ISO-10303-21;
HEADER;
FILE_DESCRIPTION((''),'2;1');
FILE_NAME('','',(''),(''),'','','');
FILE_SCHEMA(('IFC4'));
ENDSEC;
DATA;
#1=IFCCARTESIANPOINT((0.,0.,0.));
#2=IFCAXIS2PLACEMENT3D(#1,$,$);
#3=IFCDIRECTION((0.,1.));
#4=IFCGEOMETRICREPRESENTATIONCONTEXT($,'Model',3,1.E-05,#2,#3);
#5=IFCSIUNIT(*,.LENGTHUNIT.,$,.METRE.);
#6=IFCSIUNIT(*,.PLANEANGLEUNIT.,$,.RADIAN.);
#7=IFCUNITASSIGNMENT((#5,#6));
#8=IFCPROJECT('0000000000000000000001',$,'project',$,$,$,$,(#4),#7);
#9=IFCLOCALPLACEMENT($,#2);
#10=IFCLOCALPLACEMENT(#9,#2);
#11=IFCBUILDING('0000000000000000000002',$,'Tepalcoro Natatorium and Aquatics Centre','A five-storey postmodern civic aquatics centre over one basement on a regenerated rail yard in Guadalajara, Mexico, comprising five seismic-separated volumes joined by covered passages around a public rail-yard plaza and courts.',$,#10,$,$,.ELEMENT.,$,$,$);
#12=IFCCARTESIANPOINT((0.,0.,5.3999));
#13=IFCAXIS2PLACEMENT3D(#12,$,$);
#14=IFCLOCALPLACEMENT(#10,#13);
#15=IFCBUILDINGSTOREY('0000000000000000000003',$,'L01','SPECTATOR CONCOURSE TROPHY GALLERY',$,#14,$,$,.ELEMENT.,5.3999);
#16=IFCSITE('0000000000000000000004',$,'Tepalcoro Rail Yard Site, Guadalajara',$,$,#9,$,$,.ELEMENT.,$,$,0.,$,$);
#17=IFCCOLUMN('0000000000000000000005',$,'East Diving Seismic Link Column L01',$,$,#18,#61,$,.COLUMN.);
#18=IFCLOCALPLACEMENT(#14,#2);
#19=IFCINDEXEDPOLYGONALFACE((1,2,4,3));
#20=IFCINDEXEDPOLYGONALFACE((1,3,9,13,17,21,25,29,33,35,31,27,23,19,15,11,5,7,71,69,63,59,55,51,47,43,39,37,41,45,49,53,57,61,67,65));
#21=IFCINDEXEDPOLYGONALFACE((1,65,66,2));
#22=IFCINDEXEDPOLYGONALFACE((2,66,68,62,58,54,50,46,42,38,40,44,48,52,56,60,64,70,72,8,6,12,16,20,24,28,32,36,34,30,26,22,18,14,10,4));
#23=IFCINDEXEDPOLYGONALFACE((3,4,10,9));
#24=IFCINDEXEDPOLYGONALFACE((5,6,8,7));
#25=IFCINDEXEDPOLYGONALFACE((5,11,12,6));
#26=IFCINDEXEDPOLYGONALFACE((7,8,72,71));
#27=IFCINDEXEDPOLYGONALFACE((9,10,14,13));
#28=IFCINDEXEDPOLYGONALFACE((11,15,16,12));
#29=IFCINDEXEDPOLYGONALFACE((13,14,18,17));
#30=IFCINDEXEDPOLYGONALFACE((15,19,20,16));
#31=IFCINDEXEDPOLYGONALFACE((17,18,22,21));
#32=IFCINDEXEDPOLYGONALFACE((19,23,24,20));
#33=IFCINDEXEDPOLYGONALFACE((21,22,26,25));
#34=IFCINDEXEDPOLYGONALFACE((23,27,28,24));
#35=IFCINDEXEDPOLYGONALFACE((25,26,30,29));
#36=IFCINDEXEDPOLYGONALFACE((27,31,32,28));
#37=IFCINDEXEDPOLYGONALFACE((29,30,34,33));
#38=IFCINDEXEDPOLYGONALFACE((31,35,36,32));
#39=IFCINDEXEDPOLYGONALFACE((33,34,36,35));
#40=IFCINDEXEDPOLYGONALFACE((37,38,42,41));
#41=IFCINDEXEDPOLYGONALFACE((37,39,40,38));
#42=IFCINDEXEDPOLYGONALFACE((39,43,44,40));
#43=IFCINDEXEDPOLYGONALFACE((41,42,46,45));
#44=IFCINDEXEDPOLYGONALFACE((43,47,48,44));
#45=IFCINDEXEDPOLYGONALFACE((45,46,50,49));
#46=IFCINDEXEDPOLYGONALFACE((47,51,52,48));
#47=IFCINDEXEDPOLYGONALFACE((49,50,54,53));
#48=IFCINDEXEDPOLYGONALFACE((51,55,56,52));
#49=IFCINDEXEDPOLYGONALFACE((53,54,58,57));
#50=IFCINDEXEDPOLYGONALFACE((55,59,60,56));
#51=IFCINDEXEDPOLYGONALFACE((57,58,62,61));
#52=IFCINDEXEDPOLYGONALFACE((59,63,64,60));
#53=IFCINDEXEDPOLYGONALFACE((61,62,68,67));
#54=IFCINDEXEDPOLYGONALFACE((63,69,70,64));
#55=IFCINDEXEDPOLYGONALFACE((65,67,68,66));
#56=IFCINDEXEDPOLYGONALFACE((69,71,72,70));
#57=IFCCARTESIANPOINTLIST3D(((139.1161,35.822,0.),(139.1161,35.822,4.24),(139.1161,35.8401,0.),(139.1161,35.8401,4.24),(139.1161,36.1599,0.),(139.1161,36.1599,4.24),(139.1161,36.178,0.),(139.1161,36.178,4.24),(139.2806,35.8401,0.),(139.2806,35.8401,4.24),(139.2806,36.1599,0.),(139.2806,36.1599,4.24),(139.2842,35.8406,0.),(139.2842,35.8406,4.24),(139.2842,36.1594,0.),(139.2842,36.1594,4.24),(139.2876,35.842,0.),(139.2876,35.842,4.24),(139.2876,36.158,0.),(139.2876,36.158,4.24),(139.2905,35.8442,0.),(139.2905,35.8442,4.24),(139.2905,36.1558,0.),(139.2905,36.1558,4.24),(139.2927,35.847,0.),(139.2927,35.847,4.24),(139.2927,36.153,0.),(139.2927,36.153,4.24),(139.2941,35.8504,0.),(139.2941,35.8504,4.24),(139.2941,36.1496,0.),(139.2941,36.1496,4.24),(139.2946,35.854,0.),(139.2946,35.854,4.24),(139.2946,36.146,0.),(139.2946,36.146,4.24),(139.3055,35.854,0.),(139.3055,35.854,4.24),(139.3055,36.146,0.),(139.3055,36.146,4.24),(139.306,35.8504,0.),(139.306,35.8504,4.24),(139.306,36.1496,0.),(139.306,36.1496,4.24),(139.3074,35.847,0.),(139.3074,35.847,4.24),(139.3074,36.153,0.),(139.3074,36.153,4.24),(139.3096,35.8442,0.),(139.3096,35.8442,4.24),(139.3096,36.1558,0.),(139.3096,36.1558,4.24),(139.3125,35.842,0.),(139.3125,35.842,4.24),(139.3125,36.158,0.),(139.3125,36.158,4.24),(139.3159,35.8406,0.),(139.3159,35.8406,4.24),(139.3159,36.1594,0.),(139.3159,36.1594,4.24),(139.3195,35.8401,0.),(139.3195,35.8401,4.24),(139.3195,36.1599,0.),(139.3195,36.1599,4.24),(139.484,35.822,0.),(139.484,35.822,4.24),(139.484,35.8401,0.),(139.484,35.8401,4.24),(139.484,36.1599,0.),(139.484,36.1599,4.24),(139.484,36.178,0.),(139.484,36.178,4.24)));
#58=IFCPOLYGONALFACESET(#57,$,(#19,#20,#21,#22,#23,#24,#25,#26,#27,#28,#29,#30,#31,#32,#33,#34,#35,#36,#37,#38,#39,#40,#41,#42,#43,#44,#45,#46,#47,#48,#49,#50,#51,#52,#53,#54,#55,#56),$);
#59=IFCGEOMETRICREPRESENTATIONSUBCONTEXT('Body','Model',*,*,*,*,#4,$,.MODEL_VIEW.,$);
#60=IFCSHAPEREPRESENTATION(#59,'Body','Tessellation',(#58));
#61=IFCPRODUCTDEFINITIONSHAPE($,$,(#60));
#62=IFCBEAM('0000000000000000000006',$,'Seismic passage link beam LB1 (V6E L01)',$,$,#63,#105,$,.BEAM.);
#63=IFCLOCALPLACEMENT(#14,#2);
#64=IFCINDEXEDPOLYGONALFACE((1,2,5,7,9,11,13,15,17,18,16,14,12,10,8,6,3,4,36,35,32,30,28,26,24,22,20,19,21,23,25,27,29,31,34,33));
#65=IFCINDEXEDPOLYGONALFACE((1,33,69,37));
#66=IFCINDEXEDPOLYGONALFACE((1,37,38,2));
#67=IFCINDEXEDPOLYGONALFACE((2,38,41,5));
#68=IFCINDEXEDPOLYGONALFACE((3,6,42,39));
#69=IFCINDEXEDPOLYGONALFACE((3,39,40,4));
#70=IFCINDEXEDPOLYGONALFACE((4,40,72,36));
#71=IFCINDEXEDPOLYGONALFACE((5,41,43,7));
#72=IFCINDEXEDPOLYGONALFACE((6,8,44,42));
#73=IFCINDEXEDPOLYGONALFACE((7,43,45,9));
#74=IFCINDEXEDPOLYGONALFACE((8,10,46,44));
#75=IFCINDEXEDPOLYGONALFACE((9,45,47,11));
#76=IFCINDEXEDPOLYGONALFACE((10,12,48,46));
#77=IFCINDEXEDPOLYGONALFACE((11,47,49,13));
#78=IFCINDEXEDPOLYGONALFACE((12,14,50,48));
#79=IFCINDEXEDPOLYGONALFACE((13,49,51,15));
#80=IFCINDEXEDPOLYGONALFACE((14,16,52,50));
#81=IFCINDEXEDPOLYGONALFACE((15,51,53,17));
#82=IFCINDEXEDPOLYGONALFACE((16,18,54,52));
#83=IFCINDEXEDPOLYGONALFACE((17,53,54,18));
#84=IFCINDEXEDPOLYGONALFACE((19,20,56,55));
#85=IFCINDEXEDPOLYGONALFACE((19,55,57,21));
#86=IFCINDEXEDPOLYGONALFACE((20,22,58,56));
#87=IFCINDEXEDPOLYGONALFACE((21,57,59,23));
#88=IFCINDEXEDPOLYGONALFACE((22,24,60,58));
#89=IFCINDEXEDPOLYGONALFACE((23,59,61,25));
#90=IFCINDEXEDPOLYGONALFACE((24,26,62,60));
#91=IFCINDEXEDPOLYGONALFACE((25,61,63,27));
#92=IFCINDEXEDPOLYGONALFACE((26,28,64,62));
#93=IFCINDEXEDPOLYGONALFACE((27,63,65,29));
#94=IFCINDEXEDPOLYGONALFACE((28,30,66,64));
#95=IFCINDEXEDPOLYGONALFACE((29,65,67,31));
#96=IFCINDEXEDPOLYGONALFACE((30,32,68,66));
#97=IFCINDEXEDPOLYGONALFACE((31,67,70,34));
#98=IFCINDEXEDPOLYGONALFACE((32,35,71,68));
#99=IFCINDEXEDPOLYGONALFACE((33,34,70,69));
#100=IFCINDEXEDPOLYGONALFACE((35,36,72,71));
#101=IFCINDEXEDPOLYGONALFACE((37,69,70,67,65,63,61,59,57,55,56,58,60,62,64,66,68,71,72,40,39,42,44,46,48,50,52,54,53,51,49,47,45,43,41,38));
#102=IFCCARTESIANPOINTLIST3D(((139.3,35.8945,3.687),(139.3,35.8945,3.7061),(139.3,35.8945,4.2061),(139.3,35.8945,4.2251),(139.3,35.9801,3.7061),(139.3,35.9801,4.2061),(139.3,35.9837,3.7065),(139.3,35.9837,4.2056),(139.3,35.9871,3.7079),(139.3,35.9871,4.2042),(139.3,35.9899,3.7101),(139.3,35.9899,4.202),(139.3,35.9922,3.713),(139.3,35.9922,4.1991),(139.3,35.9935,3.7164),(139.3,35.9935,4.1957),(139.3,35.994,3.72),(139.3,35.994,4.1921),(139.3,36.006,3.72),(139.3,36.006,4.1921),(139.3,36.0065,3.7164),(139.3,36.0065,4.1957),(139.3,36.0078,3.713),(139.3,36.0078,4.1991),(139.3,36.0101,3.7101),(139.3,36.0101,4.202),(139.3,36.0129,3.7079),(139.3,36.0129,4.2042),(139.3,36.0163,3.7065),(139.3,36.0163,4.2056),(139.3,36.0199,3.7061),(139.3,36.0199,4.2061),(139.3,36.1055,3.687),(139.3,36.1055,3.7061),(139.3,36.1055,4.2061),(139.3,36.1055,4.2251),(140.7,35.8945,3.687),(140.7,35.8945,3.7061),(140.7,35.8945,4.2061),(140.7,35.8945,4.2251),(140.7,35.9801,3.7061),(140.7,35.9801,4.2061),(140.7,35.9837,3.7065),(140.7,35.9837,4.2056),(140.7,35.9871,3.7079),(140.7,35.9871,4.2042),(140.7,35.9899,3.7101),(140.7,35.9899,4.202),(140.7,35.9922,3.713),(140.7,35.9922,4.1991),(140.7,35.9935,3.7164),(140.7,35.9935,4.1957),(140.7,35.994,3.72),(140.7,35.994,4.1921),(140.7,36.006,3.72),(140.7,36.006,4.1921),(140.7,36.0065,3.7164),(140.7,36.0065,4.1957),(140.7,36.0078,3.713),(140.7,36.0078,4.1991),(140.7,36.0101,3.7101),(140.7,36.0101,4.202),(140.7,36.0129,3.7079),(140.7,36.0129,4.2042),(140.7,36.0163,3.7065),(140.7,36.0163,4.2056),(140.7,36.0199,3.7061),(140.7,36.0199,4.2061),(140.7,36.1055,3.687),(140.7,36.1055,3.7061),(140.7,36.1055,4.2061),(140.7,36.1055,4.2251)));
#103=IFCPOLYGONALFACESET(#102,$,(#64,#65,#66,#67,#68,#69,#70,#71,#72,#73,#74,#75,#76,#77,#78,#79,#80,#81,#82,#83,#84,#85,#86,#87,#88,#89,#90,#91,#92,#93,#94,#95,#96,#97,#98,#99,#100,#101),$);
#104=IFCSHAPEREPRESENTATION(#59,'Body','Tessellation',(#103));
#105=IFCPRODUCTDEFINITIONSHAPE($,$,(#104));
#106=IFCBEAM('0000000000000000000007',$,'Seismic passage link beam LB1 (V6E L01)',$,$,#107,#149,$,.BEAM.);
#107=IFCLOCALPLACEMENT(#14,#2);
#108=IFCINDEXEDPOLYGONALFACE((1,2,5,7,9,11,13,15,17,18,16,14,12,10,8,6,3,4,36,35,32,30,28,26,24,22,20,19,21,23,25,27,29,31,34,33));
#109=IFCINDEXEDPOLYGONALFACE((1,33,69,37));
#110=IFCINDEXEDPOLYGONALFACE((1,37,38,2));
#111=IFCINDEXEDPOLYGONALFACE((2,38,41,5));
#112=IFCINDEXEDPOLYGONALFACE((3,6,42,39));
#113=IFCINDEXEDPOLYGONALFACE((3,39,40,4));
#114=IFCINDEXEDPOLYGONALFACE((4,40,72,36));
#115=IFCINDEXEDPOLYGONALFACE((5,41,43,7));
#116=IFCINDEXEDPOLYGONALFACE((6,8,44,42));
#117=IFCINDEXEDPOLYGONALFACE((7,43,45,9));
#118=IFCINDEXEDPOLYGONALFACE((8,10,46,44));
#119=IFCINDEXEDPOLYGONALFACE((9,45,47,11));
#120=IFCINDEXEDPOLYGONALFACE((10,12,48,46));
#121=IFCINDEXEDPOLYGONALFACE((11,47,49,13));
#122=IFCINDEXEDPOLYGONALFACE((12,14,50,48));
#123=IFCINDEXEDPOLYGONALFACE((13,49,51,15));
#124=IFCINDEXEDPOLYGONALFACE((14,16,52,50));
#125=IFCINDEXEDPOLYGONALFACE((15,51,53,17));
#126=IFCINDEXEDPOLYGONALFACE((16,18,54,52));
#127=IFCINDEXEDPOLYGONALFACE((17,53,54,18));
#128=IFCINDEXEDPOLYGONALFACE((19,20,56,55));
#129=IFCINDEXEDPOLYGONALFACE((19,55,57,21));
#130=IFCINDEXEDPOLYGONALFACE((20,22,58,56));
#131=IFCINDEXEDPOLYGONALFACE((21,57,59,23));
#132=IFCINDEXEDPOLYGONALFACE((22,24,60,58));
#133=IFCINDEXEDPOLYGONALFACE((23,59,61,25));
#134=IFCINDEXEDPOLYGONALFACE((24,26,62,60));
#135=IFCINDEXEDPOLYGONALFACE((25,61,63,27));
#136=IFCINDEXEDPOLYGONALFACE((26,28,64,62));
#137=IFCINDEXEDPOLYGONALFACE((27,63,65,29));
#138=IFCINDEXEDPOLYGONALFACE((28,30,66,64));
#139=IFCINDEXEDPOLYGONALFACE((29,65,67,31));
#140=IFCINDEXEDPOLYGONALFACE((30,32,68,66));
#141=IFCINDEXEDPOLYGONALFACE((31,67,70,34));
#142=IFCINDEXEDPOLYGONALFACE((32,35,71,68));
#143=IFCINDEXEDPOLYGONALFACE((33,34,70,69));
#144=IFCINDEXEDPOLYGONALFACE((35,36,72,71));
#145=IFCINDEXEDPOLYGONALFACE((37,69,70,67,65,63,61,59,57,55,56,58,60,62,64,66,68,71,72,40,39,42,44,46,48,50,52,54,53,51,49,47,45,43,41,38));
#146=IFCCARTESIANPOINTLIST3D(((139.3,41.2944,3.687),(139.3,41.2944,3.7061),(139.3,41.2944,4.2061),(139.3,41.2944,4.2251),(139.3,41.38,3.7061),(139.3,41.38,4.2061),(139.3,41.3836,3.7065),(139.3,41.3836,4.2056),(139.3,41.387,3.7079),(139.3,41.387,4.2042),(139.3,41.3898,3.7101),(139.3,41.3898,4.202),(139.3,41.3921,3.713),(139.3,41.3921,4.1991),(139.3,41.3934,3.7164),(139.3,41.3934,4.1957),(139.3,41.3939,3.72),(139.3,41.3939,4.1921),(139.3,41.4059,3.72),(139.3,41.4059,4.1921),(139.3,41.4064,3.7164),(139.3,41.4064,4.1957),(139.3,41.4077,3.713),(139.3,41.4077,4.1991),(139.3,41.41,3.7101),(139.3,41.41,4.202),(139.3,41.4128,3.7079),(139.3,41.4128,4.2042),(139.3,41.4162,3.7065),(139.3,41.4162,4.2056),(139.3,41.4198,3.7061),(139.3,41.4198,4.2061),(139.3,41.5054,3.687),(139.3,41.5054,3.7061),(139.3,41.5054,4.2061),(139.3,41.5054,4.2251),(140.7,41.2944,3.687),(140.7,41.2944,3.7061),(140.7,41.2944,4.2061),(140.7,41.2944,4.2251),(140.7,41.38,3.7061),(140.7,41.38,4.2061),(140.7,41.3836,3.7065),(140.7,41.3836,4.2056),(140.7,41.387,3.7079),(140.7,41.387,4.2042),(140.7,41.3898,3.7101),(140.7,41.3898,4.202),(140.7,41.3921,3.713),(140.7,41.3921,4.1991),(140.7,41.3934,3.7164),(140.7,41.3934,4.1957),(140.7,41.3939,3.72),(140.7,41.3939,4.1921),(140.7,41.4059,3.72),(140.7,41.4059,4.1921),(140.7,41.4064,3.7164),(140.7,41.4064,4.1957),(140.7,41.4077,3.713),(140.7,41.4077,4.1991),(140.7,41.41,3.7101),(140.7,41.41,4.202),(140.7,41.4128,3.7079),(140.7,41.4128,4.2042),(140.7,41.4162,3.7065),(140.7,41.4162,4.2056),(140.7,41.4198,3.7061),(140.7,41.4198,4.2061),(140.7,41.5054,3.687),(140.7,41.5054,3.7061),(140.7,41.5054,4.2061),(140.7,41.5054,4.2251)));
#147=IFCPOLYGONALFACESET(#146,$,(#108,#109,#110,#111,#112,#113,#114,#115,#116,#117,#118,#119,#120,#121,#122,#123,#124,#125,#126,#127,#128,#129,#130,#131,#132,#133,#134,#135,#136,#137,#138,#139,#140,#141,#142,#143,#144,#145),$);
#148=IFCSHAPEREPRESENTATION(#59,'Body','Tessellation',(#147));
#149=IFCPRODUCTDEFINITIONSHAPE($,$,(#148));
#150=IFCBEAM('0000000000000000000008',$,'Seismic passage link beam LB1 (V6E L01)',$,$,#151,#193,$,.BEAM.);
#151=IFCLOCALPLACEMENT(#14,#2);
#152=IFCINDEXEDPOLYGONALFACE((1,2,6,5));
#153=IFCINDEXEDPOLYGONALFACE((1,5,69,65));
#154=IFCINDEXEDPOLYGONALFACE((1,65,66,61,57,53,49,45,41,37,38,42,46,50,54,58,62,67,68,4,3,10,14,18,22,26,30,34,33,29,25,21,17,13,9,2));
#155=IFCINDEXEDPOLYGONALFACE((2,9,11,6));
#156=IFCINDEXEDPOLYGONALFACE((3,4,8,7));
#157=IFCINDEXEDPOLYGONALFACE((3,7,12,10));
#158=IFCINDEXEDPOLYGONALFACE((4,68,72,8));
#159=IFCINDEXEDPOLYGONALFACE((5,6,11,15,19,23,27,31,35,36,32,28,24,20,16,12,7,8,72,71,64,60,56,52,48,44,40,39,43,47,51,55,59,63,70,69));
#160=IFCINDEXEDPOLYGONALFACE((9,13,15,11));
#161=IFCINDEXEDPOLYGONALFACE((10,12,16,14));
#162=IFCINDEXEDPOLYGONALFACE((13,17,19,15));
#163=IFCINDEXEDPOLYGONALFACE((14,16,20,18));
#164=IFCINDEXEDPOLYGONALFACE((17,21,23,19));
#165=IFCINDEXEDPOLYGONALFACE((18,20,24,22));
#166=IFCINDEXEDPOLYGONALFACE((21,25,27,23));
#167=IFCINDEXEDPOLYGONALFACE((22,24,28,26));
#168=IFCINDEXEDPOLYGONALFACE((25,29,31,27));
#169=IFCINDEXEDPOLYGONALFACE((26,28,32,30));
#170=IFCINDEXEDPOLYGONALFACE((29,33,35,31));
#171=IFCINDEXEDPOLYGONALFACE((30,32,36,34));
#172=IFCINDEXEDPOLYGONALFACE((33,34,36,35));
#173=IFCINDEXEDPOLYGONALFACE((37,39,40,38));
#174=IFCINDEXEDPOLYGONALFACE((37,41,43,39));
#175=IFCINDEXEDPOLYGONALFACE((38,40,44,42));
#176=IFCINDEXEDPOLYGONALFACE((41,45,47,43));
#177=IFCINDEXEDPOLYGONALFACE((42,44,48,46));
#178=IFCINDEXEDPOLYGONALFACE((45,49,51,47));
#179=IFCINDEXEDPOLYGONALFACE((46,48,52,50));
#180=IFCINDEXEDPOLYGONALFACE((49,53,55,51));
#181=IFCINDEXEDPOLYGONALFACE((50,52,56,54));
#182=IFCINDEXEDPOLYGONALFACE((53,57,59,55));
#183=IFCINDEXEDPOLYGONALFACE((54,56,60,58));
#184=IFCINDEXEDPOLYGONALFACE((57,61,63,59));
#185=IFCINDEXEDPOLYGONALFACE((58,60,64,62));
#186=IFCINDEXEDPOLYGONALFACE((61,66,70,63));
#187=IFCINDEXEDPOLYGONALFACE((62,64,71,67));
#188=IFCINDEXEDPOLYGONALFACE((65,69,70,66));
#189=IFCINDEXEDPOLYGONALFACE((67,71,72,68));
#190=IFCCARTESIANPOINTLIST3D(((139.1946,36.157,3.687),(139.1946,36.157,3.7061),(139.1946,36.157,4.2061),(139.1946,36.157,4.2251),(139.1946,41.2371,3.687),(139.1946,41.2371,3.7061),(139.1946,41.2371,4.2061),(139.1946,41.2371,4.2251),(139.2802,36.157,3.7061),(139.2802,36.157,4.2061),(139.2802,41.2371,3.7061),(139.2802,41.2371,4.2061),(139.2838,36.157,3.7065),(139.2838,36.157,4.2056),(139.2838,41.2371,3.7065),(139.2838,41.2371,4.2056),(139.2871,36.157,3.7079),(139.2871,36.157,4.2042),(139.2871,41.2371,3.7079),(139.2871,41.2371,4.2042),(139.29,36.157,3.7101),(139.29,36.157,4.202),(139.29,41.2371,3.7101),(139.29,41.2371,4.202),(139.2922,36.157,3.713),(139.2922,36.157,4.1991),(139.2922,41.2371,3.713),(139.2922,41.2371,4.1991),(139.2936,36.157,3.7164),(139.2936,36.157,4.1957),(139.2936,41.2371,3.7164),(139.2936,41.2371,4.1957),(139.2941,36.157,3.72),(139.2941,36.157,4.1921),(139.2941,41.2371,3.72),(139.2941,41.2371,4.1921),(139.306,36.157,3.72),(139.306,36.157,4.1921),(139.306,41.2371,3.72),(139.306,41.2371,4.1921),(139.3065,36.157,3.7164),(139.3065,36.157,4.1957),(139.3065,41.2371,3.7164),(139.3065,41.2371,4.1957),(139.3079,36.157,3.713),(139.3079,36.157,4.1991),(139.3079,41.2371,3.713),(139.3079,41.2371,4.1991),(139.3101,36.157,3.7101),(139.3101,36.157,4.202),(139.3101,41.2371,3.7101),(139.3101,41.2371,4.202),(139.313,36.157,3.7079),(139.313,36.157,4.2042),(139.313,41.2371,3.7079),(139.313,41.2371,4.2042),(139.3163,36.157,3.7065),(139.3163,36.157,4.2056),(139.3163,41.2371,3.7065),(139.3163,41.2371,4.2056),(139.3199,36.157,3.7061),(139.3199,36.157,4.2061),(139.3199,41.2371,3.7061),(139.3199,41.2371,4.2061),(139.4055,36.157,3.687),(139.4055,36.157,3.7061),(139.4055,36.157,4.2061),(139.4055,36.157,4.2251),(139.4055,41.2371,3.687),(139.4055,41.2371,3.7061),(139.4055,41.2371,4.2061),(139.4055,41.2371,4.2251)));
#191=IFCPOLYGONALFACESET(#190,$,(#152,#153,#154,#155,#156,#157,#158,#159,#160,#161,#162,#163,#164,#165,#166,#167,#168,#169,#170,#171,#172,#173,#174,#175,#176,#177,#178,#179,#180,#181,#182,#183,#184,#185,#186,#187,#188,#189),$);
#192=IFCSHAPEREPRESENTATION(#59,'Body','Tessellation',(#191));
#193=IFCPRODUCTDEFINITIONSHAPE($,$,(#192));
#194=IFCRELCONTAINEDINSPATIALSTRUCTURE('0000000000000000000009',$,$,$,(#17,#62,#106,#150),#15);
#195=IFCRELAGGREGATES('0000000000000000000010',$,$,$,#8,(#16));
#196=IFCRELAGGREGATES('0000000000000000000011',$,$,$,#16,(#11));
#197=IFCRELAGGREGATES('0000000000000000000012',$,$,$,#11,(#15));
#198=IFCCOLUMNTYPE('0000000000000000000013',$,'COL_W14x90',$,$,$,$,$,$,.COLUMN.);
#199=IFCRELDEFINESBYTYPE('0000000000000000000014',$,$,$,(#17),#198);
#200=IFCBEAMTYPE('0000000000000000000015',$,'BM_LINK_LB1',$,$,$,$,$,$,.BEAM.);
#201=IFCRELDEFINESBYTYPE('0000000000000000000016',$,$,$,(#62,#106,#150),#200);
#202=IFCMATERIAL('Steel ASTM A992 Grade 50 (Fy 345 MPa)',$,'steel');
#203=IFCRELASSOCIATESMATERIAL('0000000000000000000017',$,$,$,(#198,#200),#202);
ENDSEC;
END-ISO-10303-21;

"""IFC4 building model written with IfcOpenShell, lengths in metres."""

from ifc_helpers import new_model, si_unit, direction, frame, origin, origin_2d, place, context, subcontext, project, spatial, i_section, extrude, material, material_profile, profile_set, type_object, element, save


model = new_model("IFC4")

# Units and contexts
model_context = context("Model", 3, precision=1e-05, world=origin(), true_north=direction((0.0, 1.0)))
body_context = subcontext(model_context, "Body", "Model", "MODEL_VIEW")
ifc_project = project(units=[si_unit("LENGTHUNIT", "METRE"), si_unit("PLANEANGLEUNIT", "RADIAN")], contexts=[model_context])

# Site, building, storey
site_placement = place(None, origin())
site = spatial("IfcSite", under=ifc_project, at=site_placement, Name="Tepalcoro Rail Yard Site, Guadalajara", CompositionType="ELEMENT", RefElevation=0.0)
building_placement = place(site_placement, origin())
building = spatial("IfcBuilding", under=site, at=building_placement, Name="Tepalcoro Natatorium and Aquatics Centre", Description="A five-storey postmodern civic aquatics centre over one basement on a regenerated rail yard in Guadalajara, Mexico, comprising five seismic-separated volumes joined by covered passages around a public rail-yard plaza and courts.", CompositionType="ELEMENT")
storey_placement = place(building_placement, frame((0.0, 0.0, 5.3999)))
storey = spatial("IfcBuildingStorey", under=building, at=storey_placement, Name="L01", Description="SPECTATOR CONCOURSE TROPHY GALLERY", CompositionType="ELEMENT", Elevation=5.3999)

# Column
ifc_material_1 = material(Name="Steel ASTM A992 Grade 50 (Fy 345 MPa)", Category="steel")
ifc_material_profile_1 = material_profile(ifc_material_1, i_section(OverallWidth=0.3679, OverallDepth=0.356, WebThickness=0.011, FlangeThickness=0.0181, FilletRadius=0.0139, at=origin_2d()), Name="W14X90")
ifc_profile_set_1 = profile_set([ifc_material_profile_1], Name="Steel ASTM A992 Grade 50 (Fy 345 MPa)")
column_type_1 = type_object("IfcColumnType", Name="COL_W14x90", PredefinedType="COLUMN", material=ifc_profile_set_1)
column_1_placement = place(storey_placement, frame((139.3, 36.0, 0.0), z_axis=(0.0, 0.0, 1.0), x_axis=(1.0, 0.0, 0.0)))
element("IfcColumn", 1, at=column_1_placement, inside=storey, type_object=column_type_1, Name="East Diving Seismic Link Column L01", PredefinedType="COLUMN", context=body_context, shape_type="SweptSolid", body=[
    extrude(i_section(OverallWidth=0.3679, OverallDepth=0.356, WebThickness=0.011, FlangeThickness=0.0181, FilletRadius=0.0139, at=origin_2d()), origin(), (0.0, 0.0, 1.0), 4.24),
])

# Beams
ifc_material_profile_2 = material_profile(ifc_material_1, i_section(OverallWidth=0.2109, OverallDepth=0.5381, WebThickness=0.012, FlangeThickness=0.019, FilletRadius=0.0139, at=origin_2d()), Name="W21X73")
ifc_profile_set_2 = profile_set([ifc_material_profile_2], Name="Steel ASTM A992 Grade 50 (Fy 345 MPa)")
beam_type_1 = type_object("IfcBeamType", Name="BM_LINK_LB1", PredefinedType="BEAM", material=ifc_profile_set_2)
for number, where, z_axis, x_axis, name in (
    (2, (139.3, 36.0, 3.9561), (1.0, 0.0, 0.0), (0.0, 1.0, 0.0), "Seismic passage link beam LB1 (V6E L01)"),
    (3, (139.3, 41.3999, 3.9561), (1.0, 0.0, 0.0), (0.0, 1.0, 0.0), "Seismic passage link beam LB1 (V6E L01)"),
):
    element("IfcBeam", number, at=place(storey_placement, frame(where, z_axis=z_axis, x_axis=x_axis)), inside=storey, type_object=beam_type_1, Name=name, PredefinedType="BEAM", context=body_context, shape_type="SweptSolid", body=[
        extrude(i_section(OverallWidth=0.2109, OverallDepth=0.5381, WebThickness=0.012, FlangeThickness=0.019, FilletRadius=0.0139, at=origin_2d()), origin(), (0.0, 0.0, 1.0), 1.3999),
    ])
beam_1_placement = place(storey_placement, frame((139.3, 36.157, 3.9561), z_axis=(0.0, 1.0, 0.0), x_axis=(-1.0, 0.0, 0.0)))
element("IfcBeam", 4, at=beam_1_placement, inside=storey, type_object=beam_type_1, Name="Seismic passage link beam LB1 (V6E L01)", PredefinedType="BEAM", context=body_context, shape_type="SweptSolid", body=[
    extrude(i_section(OverallWidth=0.2109, OverallDepth=0.5381, WebThickness=0.012, FlangeThickness=0.019, FilletRadius=0.0139, at=origin_2d()), origin(), (0.0, 0.0, 1.0), 5.0801),
])

save(model, "model.ifc")
